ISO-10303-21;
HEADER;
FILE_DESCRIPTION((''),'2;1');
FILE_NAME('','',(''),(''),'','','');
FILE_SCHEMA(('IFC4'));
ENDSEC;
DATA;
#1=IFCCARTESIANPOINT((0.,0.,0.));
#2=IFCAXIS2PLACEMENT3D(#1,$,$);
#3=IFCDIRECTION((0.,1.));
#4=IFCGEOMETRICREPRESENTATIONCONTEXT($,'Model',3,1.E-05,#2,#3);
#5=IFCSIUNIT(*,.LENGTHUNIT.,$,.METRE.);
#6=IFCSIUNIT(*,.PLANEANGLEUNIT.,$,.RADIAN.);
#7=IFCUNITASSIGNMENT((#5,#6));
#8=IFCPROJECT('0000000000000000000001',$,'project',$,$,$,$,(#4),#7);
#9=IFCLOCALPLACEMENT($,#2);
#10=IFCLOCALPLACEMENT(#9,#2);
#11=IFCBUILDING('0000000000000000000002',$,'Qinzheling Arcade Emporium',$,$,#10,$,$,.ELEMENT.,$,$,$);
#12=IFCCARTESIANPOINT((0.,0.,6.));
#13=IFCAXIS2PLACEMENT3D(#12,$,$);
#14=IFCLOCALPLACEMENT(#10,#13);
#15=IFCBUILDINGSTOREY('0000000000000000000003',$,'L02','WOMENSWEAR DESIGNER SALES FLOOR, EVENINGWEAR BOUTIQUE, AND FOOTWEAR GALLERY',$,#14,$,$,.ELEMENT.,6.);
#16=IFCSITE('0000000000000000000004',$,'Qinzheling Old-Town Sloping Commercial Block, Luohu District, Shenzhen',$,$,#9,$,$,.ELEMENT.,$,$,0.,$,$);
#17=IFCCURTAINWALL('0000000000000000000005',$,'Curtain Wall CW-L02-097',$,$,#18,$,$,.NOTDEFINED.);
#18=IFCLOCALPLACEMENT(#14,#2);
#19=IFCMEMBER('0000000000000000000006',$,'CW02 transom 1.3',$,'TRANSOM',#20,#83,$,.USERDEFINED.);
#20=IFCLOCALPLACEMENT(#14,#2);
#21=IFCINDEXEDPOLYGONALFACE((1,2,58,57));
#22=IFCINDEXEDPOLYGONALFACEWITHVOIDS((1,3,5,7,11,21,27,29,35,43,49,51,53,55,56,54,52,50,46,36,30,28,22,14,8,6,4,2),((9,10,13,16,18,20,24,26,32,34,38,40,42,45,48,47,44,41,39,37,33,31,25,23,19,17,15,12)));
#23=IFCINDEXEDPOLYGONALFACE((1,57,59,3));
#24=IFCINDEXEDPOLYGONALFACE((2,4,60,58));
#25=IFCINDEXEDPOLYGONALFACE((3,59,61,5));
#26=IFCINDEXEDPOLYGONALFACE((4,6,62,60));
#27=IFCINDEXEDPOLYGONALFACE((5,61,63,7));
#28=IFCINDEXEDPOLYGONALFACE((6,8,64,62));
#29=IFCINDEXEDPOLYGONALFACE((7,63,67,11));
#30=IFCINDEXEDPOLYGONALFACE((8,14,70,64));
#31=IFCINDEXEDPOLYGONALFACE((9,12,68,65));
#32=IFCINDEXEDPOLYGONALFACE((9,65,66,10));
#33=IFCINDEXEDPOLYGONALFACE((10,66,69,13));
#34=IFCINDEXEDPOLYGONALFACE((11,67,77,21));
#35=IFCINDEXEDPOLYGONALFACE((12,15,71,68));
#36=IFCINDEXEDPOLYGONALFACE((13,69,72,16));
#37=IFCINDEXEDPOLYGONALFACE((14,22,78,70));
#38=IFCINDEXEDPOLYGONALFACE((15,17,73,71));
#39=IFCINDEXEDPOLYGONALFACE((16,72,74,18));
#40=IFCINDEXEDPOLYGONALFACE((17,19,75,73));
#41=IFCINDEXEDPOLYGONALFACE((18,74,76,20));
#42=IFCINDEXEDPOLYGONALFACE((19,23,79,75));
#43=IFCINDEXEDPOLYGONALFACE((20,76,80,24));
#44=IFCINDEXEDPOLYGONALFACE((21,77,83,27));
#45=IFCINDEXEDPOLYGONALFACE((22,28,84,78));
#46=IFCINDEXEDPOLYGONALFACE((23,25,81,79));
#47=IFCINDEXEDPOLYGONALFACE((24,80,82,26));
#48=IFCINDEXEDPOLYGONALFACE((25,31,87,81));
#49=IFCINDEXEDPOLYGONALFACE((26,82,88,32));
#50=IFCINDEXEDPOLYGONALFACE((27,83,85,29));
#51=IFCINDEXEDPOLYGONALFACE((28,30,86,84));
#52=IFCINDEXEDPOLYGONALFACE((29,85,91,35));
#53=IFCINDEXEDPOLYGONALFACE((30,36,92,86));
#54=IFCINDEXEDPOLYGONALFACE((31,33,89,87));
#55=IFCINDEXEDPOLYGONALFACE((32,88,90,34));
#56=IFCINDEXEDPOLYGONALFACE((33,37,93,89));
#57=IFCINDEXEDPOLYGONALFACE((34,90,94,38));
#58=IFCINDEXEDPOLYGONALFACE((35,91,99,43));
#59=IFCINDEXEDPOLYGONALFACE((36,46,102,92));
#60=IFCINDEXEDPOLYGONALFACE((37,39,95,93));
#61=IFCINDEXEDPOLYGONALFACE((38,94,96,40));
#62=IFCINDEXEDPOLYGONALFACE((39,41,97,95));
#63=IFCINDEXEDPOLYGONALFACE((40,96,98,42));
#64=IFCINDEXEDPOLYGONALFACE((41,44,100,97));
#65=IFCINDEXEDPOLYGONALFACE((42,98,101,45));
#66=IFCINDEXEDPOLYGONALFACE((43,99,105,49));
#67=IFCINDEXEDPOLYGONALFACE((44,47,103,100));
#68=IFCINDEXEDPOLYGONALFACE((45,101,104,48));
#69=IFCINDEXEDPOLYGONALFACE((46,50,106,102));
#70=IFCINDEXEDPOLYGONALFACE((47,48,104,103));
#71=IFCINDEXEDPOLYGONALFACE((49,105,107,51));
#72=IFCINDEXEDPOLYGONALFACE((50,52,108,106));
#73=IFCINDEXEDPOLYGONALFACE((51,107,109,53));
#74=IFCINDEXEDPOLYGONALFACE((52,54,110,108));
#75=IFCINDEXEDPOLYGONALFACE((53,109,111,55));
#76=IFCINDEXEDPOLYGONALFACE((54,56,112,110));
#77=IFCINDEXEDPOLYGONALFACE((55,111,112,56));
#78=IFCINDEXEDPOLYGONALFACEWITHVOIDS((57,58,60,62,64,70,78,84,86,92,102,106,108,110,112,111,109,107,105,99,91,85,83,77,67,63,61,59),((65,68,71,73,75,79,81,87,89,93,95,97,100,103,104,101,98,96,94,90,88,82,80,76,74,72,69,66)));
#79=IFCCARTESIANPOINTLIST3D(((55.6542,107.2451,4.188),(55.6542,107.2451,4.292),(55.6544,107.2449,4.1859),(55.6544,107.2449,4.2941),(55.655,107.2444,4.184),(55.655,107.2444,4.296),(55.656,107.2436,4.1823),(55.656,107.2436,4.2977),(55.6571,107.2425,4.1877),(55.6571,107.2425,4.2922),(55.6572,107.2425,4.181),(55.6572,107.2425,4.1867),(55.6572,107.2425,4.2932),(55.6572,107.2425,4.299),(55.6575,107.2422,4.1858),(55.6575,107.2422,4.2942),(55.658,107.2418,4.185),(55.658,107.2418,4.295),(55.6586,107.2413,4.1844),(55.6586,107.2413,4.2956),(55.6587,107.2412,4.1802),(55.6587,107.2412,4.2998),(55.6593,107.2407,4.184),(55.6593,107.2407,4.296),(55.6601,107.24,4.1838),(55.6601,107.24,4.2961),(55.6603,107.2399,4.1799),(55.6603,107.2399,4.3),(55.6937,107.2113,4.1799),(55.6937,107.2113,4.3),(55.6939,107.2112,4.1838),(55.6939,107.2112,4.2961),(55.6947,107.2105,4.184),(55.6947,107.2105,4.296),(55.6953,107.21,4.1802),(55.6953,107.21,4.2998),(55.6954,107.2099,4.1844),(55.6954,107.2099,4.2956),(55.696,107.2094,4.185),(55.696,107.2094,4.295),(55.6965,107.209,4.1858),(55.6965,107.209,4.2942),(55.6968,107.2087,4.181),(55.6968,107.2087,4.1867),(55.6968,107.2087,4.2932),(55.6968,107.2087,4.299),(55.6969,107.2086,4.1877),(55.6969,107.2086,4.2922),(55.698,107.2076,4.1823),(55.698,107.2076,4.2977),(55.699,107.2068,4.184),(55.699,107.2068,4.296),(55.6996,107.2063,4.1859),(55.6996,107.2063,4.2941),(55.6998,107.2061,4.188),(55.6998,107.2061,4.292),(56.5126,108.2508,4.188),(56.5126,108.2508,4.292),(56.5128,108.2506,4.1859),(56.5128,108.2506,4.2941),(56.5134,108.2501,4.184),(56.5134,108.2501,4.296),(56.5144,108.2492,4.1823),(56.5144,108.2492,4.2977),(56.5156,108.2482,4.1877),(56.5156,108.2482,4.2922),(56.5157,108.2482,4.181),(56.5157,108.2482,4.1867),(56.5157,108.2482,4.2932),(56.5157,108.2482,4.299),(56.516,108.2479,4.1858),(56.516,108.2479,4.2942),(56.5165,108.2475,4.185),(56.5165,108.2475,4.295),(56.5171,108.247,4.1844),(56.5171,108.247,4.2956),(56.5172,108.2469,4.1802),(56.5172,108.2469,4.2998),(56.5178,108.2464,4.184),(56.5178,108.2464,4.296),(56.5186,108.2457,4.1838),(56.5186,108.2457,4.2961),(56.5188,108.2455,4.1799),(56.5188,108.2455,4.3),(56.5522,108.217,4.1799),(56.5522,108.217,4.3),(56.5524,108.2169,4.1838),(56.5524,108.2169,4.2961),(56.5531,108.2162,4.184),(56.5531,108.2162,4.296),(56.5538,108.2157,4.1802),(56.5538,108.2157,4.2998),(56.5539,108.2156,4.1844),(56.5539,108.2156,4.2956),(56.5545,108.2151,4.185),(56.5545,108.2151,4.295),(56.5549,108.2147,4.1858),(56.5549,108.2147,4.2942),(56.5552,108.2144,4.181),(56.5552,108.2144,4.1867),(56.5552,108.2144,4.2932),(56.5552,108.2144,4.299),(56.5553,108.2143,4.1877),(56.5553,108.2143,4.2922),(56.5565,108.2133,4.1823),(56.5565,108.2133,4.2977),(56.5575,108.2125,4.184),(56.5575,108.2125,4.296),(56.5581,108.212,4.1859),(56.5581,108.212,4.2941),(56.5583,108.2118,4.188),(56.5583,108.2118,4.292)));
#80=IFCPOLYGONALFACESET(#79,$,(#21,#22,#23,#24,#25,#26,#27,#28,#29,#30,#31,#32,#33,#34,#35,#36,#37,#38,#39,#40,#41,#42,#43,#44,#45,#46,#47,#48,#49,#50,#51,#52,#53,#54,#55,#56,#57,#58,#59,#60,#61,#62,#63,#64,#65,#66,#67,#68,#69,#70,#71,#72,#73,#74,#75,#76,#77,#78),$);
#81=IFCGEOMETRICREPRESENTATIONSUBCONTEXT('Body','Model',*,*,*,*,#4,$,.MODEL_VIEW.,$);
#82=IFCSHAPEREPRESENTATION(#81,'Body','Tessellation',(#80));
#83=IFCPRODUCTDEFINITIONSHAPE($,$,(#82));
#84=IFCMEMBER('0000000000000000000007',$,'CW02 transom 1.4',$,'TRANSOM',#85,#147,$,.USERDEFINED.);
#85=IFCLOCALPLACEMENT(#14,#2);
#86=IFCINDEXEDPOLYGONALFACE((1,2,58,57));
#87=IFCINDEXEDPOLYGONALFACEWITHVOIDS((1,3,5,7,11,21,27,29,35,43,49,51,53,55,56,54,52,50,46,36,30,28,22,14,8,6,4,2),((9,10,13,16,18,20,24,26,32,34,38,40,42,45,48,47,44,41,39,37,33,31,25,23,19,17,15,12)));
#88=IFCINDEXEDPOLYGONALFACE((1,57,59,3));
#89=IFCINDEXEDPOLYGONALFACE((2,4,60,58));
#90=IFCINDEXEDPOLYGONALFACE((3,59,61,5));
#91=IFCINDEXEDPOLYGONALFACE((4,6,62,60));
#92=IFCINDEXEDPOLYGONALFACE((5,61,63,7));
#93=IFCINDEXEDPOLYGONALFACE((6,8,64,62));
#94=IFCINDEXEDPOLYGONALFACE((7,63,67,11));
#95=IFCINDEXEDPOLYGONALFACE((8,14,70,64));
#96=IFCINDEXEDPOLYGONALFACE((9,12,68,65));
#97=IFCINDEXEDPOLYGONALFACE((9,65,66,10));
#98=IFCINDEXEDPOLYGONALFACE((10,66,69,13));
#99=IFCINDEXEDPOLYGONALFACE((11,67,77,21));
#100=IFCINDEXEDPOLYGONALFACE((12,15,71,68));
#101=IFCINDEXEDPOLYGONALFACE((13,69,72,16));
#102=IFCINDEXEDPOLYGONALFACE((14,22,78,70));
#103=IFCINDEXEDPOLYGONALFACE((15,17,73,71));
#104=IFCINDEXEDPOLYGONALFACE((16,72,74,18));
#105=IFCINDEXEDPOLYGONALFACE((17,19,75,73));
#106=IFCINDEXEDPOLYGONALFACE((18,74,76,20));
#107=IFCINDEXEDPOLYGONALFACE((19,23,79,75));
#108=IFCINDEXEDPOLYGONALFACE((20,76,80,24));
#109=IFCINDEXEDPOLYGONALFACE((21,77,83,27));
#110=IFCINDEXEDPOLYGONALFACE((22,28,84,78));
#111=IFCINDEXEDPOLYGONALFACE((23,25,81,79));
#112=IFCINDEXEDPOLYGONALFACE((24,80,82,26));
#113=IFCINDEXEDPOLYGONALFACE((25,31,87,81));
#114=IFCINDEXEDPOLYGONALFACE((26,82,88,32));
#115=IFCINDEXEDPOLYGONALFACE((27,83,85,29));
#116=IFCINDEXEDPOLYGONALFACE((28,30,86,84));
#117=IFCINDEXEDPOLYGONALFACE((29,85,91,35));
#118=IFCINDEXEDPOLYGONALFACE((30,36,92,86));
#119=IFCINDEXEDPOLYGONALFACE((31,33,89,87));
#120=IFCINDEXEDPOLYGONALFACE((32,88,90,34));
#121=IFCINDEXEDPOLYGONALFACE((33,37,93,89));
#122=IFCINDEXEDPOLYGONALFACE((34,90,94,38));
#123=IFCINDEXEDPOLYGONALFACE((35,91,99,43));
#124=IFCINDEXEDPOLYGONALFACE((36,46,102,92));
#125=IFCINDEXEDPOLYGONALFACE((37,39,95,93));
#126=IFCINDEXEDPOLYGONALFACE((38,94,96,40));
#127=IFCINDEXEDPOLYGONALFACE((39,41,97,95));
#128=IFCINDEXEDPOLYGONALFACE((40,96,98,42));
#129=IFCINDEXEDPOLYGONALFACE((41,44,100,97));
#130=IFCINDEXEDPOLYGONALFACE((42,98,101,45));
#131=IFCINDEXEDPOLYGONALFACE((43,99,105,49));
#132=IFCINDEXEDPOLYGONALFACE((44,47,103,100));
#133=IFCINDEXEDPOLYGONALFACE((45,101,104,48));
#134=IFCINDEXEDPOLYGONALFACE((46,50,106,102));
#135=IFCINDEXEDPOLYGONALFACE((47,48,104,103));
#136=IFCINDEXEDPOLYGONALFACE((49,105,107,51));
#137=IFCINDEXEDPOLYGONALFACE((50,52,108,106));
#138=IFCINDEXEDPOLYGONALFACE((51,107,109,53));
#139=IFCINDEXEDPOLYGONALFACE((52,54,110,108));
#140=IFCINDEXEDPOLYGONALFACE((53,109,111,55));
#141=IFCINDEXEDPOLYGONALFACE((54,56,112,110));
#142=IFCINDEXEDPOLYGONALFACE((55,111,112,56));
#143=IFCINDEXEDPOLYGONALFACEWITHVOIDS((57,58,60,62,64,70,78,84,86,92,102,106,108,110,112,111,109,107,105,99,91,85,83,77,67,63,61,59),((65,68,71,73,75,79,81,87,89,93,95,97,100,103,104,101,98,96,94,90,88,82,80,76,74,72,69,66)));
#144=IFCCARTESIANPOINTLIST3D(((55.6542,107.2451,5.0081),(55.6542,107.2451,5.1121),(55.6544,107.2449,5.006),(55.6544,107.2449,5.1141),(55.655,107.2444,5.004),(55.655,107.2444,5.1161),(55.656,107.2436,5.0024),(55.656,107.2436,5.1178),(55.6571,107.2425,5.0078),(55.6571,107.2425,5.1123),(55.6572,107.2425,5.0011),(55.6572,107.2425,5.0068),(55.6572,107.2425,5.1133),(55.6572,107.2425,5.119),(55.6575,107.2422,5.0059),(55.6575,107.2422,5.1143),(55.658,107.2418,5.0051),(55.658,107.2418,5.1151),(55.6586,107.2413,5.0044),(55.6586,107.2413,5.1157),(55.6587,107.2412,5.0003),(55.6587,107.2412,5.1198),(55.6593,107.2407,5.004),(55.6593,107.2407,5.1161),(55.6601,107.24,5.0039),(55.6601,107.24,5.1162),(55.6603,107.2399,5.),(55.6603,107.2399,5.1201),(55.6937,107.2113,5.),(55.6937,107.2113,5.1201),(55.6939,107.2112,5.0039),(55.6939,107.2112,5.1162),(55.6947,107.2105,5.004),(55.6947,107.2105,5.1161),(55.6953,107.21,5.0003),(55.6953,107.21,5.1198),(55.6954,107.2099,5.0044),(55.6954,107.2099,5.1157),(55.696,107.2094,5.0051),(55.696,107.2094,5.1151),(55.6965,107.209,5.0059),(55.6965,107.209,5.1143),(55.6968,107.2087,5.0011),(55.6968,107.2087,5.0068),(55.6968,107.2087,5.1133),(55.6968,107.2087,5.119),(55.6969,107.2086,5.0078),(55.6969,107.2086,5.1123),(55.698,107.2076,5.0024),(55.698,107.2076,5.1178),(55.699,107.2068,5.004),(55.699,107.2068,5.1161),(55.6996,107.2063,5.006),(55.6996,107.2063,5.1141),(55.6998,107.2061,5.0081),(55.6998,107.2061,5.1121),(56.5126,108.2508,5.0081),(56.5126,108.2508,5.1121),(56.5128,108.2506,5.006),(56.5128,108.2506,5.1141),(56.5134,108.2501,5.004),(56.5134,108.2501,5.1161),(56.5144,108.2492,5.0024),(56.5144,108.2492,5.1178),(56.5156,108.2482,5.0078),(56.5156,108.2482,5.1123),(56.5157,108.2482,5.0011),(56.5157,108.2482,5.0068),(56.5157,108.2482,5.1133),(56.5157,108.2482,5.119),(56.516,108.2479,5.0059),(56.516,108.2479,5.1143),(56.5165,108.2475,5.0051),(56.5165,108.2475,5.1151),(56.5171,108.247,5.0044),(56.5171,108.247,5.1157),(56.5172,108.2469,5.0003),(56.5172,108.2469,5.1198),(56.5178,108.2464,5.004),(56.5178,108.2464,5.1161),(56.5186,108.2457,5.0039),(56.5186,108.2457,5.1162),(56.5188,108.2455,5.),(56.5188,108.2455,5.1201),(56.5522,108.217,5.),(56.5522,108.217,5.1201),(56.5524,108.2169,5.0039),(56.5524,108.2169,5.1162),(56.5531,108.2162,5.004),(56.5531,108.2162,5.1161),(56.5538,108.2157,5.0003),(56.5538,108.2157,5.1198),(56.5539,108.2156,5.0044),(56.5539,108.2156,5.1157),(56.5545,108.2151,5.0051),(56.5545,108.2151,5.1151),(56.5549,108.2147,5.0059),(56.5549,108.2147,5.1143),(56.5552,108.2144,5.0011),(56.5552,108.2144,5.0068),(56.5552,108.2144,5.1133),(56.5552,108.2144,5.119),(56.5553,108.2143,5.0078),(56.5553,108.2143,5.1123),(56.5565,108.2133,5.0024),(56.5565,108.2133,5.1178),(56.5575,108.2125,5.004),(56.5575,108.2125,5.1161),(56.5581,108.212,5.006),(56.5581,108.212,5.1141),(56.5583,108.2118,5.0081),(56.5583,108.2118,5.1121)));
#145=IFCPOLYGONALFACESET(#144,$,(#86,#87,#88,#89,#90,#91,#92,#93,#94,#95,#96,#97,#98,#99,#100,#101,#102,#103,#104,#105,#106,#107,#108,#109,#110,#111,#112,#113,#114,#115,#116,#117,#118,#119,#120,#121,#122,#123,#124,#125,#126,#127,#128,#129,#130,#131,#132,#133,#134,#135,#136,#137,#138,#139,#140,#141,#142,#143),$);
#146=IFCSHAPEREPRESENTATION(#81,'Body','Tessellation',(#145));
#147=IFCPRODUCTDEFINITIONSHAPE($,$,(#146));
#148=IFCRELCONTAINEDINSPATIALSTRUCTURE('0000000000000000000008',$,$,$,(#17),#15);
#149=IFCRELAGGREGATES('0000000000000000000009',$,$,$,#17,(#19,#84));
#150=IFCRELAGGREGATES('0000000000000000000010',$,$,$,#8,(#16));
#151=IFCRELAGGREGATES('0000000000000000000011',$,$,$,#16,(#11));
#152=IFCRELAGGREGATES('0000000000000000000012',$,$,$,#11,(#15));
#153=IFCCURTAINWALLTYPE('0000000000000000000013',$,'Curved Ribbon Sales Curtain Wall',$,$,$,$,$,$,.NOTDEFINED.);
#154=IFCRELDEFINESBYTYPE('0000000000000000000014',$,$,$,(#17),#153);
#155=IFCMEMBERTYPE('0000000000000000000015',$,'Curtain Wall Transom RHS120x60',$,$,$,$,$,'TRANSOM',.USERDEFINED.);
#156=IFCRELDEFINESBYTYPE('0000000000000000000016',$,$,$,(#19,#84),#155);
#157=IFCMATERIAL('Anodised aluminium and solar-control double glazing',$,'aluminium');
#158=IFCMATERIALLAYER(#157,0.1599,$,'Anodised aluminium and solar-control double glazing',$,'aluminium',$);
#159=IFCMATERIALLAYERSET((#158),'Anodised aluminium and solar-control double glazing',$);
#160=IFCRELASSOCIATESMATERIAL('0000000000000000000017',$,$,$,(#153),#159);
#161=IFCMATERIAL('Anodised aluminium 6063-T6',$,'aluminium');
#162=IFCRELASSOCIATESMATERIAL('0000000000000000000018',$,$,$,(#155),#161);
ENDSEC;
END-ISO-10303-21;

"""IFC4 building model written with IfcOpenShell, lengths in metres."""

from ifc_helpers import new_model, si_unit, direction, frame, origin, origin_2d, place, context, subcontext, project, spatial, hollow_rectangle, extrude, material, layer, layer_set, material_profile, profile_set, type_object, element, aggregate, save


model = new_model("IFC4")

# Units and contexts
model_context = context("Model", 3, precision=1e-05, world=origin(), true_north=direction((0.0, 1.0)))
body_context = subcontext(model_context, "Body", "Model", "MODEL_VIEW")
ifc_project = project(units=[si_unit("LENGTHUNIT", "METRE"), si_unit("PLANEANGLEUNIT", "RADIAN")], contexts=[model_context])

# Site, building, storey
site_placement = place(None, origin())
site = spatial("IfcSite", under=ifc_project, at=site_placement, Name="Qinzheling Old-Town Sloping Commercial Block, Luohu District, Shenzhen", CompositionType="ELEMENT", RefElevation=0.0)
building_placement = place(site_placement, origin())
building = spatial("IfcBuilding", under=site, at=building_placement, Name="Qinzheling Arcade Emporium", CompositionType="ELEMENT")
storey_placement = place(building_placement, frame((0.0, 0.0, 6.0)))
storey = spatial("IfcBuildingStorey", under=building, at=storey_placement, Name="L02", Description="WOMENSWEAR DESIGNER SALES FLOOR, EVENINGWEAR BOUTIQUE, AND FOOTWEAR GALLERY", CompositionType="ELEMENT", Elevation=6.0)

# Shared definitions
ifc_material_1 = material(Name="Anodised aluminium and solar-control double glazing", Category="aluminium")
ifc_layer_1 = layer(ifc_material_1, 0.1599, Name="Anodised aluminium and solar-control double glazing", Category="aluminium")
ifc_layer_set_1 = layer_set([ifc_layer_1], Name="Anodised aluminium and solar-control double glazing")
curtain_wall_type = type_object("IfcCurtainWallType", Name="Curved Ribbon Sales Curtain Wall", PredefinedType="NOTDEFINED", material=ifc_layer_set_1)
ifc_material_2 = material(Name="Anodised aluminium 6063-T6", Category="aluminium")

# Curtain wall
curtain_wall_1_placement = place(storey_placement, origin())
curtain_wall_1 = element("IfcCurtainWall", 1, at=curtain_wall_1_placement, inside=storey, type_object=curtain_wall_type, Name="Curtain Wall CW-L02-097", PredefinedType="NOTDEFINED")

# Members
ifc_material_profile_1 = material_profile(ifc_material_2, hollow_rectangle(XDim=0.0601, YDim=0.1201, WallThickness=0.0039, InnerFilletRadius=0.0039, OuterFilletRadius=0.0081, at=origin_2d()), Name="RHS 120x60x4", Category="aluminium")
ifc_profile_set_1 = profile_set([ifc_material_profile_1], Name="Anodised aluminium 6063-T6")
member_type_1 = type_object("IfcMemberType", Name="Curtain Wall Transom RHS120x60", ElementType="TRANSOM", PredefinedType="USERDEFINED", material=ifc_profile_set_1)
member_1_placement = place(storey_placement, frame((55.677, 107.2256, 4.24), z_axis=(0.649239, 0.760585, 0.0), x_axis=(-0.760585, 0.649239, 0.0)))
member_1 = element("IfcMember", 2, at=member_1_placement, type_object=member_type_1, Name="CW02 transom 1.3", ObjectType="TRANSOM", PredefinedType="USERDEFINED", context=body_context, shape_type="SweptSolid", body=[
    extrude(hollow_rectangle(XDim=0.0601, YDim=0.1201, WallThickness=0.0039, InnerFilletRadius=0.0039, OuterFilletRadius=0.0081, at=origin_2d()), origin(), (0.0, 0.0, 1.0), 1.3223),
])
member_2_placement = place(storey_placement, frame((55.677, 107.2256, 5.0601), z_axis=(0.649239, 0.760585, 0.0), x_axis=(-0.760585, 0.649239, 0.0)))
member_2 = element("IfcMember", 3, at=member_2_placement, type_object=member_type_1, Name="CW02 transom 1.4", ObjectType="TRANSOM", PredefinedType="USERDEFINED", context=body_context, shape_type="SweptSolid", body=[
    extrude(hollow_rectangle(XDim=0.0601, YDim=0.1201, WallThickness=0.0039, InnerFilletRadius=0.0039, OuterFilletRadius=0.0081, at=origin_2d()), origin(), (0.0, 0.0, 1.0), 1.3223),
])

aggregate(curtain_wall_1, [member_1, member_2])

save(model, "model.ifc")
